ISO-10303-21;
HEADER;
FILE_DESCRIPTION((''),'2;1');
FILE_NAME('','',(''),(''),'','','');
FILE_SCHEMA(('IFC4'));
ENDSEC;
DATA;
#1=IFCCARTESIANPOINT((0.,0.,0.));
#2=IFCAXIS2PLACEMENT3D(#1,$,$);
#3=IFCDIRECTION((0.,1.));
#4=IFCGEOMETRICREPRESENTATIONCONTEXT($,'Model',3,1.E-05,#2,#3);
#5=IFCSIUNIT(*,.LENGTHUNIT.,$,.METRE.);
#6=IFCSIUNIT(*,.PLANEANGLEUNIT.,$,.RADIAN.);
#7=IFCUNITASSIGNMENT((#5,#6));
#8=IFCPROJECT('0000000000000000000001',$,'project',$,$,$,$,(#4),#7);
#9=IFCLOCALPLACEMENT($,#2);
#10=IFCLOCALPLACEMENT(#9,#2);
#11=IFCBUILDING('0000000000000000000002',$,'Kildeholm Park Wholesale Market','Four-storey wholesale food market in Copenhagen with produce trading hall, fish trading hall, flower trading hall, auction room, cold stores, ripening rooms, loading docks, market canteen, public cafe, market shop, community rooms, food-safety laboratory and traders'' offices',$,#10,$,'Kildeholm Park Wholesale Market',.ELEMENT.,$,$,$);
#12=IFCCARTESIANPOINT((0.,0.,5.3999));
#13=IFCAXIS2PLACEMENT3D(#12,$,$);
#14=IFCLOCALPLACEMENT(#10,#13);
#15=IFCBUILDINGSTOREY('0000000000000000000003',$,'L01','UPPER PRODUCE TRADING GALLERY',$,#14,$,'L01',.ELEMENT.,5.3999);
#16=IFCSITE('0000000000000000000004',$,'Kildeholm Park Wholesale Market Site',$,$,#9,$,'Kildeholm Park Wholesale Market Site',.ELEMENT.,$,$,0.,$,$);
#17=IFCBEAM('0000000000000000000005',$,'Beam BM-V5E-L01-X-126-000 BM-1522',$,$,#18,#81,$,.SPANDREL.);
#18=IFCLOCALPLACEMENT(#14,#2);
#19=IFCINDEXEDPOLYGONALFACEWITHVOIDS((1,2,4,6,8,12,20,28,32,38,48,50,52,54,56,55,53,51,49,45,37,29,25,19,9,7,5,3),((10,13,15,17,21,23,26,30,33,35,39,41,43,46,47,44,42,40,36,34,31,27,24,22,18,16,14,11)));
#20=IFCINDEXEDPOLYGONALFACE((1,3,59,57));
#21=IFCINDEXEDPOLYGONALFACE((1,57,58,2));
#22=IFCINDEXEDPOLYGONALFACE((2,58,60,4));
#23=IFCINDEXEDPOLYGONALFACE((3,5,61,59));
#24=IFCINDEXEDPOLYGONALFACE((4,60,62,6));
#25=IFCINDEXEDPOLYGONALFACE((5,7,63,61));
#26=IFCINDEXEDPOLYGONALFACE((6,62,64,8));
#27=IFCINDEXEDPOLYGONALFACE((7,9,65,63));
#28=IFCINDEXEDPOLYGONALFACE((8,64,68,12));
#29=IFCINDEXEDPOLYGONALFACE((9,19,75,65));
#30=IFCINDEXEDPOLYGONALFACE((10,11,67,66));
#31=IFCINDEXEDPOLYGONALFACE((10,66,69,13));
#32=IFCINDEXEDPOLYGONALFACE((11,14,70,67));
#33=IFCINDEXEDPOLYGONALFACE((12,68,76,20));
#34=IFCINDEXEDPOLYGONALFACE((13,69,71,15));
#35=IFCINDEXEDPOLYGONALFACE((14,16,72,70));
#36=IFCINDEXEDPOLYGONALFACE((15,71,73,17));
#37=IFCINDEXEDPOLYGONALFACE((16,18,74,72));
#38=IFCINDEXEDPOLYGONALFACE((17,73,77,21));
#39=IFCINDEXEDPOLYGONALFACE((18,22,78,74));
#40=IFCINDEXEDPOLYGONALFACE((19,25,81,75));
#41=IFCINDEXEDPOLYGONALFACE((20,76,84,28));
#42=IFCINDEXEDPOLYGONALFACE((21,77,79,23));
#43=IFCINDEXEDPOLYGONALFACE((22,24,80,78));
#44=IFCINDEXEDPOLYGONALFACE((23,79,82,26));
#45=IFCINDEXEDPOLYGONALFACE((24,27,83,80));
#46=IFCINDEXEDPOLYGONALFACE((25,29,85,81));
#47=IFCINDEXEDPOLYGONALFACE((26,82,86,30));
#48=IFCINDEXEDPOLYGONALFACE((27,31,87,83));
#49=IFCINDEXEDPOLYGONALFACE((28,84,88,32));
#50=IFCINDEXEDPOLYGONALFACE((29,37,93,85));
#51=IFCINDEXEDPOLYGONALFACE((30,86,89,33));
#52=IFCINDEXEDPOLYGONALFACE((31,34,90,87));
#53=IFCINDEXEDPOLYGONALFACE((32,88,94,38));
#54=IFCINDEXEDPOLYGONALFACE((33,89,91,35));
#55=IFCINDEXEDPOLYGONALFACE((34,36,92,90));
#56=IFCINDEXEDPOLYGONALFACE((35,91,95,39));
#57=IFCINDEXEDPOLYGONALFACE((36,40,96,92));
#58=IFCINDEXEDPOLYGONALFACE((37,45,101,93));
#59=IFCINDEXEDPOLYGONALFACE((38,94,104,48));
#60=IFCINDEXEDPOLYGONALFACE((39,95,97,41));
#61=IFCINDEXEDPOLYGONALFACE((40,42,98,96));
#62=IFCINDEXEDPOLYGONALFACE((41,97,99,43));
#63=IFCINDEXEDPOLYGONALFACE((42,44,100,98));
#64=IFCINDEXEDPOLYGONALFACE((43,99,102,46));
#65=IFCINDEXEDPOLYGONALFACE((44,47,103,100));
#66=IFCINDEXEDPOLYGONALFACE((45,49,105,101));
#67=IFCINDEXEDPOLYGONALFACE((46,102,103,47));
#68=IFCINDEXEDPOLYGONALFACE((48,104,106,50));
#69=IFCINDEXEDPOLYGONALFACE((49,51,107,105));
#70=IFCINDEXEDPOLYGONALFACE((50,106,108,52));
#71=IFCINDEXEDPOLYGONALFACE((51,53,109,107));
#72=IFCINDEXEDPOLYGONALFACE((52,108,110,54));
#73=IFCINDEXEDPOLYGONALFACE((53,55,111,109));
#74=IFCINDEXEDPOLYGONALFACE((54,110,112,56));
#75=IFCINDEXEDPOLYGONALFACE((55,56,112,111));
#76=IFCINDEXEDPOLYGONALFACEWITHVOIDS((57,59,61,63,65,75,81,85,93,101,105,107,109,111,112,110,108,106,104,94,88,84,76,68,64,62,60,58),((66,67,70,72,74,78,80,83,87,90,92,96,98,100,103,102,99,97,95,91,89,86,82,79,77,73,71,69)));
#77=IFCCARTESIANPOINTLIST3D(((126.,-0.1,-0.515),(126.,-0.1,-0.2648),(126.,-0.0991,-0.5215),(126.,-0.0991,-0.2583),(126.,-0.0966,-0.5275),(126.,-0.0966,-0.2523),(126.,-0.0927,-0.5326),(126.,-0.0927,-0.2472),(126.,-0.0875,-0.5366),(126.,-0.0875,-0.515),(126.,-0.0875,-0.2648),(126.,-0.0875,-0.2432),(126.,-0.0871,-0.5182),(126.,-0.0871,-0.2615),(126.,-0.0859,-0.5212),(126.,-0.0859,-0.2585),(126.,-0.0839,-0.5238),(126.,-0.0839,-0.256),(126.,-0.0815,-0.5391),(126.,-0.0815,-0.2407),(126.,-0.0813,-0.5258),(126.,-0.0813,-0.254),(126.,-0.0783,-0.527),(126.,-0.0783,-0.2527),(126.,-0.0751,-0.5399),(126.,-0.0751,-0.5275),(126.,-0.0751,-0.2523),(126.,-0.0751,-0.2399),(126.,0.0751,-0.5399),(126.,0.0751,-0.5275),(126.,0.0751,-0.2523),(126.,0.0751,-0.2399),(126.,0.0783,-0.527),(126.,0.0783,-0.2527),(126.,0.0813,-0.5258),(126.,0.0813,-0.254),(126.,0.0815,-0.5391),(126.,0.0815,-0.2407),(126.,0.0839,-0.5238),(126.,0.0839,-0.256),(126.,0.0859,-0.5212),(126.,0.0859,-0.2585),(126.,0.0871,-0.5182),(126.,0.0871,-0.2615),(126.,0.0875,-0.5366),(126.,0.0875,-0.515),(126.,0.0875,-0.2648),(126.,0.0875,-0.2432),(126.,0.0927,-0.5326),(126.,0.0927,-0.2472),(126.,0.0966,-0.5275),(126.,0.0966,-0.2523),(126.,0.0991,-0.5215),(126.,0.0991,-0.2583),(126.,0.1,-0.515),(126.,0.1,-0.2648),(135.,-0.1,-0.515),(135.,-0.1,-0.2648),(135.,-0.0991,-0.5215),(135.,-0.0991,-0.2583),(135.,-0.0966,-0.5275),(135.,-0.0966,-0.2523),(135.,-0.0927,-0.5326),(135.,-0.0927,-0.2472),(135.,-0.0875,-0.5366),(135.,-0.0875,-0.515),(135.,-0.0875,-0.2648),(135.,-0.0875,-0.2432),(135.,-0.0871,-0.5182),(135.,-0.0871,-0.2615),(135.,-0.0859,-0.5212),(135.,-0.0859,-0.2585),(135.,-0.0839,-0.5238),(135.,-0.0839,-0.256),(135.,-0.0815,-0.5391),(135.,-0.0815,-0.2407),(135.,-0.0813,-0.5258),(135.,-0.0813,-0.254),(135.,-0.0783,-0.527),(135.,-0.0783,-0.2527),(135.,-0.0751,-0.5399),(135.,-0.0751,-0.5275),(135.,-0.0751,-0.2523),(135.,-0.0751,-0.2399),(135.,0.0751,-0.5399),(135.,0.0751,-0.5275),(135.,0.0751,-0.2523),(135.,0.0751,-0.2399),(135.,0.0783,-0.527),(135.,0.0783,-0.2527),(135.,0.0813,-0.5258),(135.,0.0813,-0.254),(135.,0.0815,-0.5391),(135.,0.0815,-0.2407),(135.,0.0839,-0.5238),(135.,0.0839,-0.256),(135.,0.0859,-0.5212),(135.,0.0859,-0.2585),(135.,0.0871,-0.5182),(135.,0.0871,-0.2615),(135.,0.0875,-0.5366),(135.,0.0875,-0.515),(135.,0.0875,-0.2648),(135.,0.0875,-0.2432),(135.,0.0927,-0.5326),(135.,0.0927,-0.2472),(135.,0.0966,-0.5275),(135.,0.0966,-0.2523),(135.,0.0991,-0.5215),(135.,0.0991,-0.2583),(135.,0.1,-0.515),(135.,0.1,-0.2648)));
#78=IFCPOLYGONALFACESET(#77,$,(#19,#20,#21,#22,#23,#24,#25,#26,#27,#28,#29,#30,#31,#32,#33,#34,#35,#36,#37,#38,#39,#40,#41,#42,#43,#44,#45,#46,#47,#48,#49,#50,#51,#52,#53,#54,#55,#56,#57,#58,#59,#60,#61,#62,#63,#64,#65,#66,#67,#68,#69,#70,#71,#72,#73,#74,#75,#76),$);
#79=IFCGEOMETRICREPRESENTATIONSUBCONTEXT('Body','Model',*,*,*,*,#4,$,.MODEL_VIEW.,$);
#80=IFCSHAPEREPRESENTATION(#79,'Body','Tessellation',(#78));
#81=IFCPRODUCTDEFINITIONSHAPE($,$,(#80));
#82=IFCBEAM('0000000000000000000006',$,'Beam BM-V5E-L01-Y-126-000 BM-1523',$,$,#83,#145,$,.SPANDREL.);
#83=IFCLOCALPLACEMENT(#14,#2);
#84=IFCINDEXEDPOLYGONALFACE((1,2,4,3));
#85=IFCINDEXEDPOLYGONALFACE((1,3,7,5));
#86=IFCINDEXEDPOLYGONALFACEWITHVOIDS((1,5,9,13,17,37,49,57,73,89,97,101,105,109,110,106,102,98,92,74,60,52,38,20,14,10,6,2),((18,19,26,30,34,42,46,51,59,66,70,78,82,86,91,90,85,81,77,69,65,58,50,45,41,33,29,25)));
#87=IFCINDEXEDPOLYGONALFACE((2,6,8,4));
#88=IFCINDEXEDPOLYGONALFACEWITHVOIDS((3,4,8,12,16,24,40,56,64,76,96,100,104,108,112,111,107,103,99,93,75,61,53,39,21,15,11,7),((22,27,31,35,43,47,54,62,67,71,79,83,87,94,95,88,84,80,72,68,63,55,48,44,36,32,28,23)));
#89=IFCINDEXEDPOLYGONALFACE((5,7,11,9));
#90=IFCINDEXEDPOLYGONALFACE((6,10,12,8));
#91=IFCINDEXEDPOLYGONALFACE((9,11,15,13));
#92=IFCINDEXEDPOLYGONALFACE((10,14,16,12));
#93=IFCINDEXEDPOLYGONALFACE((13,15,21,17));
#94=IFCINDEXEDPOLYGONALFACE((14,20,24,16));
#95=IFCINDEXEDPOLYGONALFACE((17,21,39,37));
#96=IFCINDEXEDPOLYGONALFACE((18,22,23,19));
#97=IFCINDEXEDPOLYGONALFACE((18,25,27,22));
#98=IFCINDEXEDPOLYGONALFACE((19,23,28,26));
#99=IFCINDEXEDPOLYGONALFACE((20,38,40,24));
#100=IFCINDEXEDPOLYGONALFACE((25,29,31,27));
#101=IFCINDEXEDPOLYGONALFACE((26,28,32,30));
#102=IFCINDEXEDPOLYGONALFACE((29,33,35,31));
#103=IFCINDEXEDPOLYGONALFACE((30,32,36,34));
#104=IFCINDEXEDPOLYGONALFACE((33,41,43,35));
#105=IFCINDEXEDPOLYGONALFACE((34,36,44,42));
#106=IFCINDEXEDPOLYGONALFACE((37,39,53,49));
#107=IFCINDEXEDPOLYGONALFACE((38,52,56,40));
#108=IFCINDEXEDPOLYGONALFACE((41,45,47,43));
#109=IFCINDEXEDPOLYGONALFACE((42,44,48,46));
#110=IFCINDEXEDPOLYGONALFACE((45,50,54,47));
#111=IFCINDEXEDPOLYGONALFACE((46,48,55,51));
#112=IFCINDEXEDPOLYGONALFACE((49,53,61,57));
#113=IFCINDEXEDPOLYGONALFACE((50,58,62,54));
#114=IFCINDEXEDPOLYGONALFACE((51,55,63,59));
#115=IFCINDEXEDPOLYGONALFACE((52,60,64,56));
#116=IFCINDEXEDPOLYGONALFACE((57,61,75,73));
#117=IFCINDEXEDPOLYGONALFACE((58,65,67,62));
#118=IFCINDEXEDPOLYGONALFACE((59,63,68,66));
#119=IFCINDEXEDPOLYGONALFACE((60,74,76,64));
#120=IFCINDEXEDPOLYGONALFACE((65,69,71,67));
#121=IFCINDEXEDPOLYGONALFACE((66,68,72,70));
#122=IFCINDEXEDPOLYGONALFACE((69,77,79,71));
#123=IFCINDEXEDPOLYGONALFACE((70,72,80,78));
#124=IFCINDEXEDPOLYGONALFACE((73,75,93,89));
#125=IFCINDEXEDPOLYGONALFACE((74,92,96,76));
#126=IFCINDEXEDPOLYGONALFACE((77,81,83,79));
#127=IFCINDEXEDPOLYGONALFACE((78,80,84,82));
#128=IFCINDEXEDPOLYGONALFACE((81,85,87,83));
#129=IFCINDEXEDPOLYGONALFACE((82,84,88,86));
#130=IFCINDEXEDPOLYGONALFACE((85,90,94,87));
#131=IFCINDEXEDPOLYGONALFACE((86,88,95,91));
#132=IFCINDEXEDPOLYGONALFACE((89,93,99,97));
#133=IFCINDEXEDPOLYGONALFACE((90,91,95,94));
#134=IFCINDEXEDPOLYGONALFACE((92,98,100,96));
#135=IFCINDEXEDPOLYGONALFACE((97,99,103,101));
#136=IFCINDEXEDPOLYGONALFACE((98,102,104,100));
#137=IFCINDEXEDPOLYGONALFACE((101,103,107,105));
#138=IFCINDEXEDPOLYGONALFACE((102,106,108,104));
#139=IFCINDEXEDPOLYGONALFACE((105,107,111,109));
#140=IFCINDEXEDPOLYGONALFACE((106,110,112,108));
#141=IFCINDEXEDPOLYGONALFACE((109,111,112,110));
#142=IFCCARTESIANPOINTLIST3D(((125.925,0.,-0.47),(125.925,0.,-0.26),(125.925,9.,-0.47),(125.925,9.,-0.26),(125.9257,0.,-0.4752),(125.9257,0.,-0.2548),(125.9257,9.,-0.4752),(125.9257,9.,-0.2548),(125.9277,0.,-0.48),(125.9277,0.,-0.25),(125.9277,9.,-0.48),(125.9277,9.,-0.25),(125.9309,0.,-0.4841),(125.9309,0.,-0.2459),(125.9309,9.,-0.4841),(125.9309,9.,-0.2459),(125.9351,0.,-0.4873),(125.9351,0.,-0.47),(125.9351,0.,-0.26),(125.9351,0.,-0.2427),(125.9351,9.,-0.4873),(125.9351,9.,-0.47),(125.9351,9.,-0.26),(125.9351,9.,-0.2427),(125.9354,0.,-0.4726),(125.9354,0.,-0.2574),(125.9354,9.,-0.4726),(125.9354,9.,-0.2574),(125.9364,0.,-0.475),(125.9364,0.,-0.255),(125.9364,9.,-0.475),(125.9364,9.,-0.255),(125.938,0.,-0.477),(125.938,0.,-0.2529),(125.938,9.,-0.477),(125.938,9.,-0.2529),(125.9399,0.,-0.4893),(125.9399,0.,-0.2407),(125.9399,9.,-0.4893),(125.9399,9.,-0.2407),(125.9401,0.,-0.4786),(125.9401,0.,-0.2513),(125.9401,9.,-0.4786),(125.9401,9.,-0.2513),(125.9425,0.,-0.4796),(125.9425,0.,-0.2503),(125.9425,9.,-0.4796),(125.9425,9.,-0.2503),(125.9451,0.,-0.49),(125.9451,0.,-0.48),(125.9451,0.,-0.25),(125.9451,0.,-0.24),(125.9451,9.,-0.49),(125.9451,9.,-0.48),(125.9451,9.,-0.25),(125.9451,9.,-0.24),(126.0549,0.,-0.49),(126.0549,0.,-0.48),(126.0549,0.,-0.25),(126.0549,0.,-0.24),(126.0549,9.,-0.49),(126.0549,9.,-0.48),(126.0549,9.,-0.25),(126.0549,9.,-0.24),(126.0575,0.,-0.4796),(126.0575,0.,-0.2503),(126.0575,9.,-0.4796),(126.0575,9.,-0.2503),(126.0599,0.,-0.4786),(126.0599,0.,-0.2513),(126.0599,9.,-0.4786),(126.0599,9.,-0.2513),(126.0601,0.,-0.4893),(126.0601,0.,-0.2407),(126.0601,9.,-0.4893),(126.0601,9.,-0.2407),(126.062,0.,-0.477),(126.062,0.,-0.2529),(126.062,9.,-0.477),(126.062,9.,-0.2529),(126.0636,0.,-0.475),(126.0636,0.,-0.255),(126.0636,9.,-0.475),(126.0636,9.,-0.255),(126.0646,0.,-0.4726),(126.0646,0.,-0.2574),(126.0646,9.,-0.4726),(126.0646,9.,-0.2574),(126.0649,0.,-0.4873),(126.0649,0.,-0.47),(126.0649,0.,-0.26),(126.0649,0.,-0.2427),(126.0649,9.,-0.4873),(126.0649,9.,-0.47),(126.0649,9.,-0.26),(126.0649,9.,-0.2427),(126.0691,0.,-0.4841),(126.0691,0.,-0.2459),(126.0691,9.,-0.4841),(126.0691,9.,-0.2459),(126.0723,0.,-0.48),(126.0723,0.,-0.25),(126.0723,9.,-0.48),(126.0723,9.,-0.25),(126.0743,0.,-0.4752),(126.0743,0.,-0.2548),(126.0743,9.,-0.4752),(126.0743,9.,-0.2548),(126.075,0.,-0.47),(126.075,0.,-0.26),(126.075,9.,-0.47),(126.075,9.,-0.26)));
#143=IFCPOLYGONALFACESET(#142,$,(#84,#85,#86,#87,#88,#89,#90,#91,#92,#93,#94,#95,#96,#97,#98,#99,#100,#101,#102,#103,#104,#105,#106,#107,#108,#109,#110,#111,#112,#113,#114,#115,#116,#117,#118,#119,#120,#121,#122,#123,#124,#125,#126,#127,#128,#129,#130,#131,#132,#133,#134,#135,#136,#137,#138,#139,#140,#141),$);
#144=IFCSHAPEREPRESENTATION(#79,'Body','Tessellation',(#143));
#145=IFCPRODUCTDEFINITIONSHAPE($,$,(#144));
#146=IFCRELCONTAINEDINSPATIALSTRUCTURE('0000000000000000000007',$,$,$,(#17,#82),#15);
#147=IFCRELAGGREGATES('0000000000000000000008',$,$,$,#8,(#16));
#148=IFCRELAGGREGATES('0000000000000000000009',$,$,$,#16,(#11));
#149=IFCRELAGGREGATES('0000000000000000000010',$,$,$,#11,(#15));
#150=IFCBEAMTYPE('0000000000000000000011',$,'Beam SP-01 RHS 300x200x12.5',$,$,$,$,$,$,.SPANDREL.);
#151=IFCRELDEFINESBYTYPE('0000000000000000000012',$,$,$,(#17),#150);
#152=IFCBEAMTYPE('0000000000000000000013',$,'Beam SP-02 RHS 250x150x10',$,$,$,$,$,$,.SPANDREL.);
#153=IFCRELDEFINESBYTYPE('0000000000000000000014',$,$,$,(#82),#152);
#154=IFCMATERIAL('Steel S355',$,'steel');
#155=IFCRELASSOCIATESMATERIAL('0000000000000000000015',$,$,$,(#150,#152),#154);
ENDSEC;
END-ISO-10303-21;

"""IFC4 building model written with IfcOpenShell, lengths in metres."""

from ifc_helpers import new_model, si_unit, direction, frame, origin, origin_2d, place, context, subcontext, project, spatial, hollow_rectangle, extrude, material, material_profile, profile_set, type_object, element, save


model = new_model("IFC4")

# Units and contexts
model_context = context("Model", 3, precision=1e-05, world=origin(), true_north=direction((0.0, 1.0)))
body_context = subcontext(model_context, "Body", "Model", "MODEL_VIEW")
ifc_project = project(units=[si_unit("LENGTHUNIT", "METRE"), si_unit("PLANEANGLEUNIT", "RADIAN")], contexts=[model_context])

# Site, building, storey
site_placement = place(None, origin())
site = spatial("IfcSite", under=ifc_project, at=site_placement, Name="Kildeholm Park Wholesale Market Site", LongName="Kildeholm Park Wholesale Market Site", CompositionType="ELEMENT", RefElevation=0.0)
building_placement = place(site_placement, origin())
building = spatial("IfcBuilding", under=site, at=building_placement, Name="Kildeholm Park Wholesale Market", Description="Four-storey wholesale food market in Copenhagen with produce trading hall, fish trading hall, flower trading hall, auction room, cold stores, ripening rooms, loading docks, market canteen, public cafe, market shop, community rooms, food-safety laboratory and traders' offices", LongName="Kildeholm Park Wholesale Market", CompositionType="ELEMENT")
storey_placement = place(building_placement, frame((0.0, 0.0, 5.3999)))
storey = spatial("IfcBuildingStorey", under=building, at=storey_placement, Name="L01", Description="UPPER PRODUCE TRADING GALLERY", LongName="L01", CompositionType="ELEMENT", Elevation=5.3999)

# Shared definitions
ifc_material_1 = material(Name="Steel S355", Category="steel")

# Beams
ifc_material_profile_1 = material_profile(ifc_material_1, hollow_rectangle(XDim=0.2, YDim=0.3, WallThickness=0.0125, InnerFilletRadius=0.0125, OuterFilletRadius=0.0249, at=origin_2d()), Name="RHS 300x200x12.5")
ifc_profile_set_1 = profile_set([ifc_material_profile_1], Name="Steel S355")
beam_type_1 = type_object("IfcBeamType", Name="Beam SP-01 RHS 300x200x12.5", PredefinedType="SPANDREL", material=ifc_profile_set_1)
beam_1_placement = place(storey_placement, frame((126.0, 0.0, -0.3899), z_axis=(1.0, 0.0, 0.0), x_axis=(0.0, 1.0, 0.0)))
element("IfcBeam", 1, at=beam_1_placement, inside=storey, type_object=beam_type_1, Name="Beam BM-V5E-L01-X-126-000 BM-1522", PredefinedType="SPANDREL", context=body_context, shape_type="SweptSolid", body=[
    extrude(hollow_rectangle(XDim=0.2, YDim=0.3, WallThickness=0.0125, InnerFilletRadius=0.0125, OuterFilletRadius=0.0249, at=origin_2d()), origin(), (0.0, 0.0, 1.0), 9.0),
])
ifc_material_profile_2 = material_profile(ifc_material_1, hollow_rectangle(XDim=0.1499, YDim=0.25, WallThickness=0.01, InnerFilletRadius=0.01, OuterFilletRadius=0.02, at=origin_2d()), Name="RHS 250x150x10")
ifc_profile_set_2 = profile_set([ifc_material_profile_2], Name="Steel S355")
beam_type_2 = type_object("IfcBeamType", Name="Beam SP-02 RHS 250x150x10", PredefinedType="SPANDREL", material=ifc_profile_set_2)
for number, where, z_axis, x_axis, name in (
    (2, (126.0, 0.0, -0.365), (0.0, 1.0, 0.0), (-1.0, 0.0, 0.0), "Beam BM-V5E-L01-Y-126-000 BM-1523"),
):
    element("IfcBeam", number, at=place(storey_placement, frame(where, z_axis=z_axis, x_axis=x_axis)), inside=storey, type_object=beam_type_2, Name=name, PredefinedType="SPANDREL", context=body_context, shape_type="SweptSolid", body=[
        extrude(hollow_rectangle(XDim=0.1499, YDim=0.25, WallThickness=0.01, InnerFilletRadius=0.01, OuterFilletRadius=0.02, at=origin_2d()), origin(), (0.0, 0.0, 1.0), 9.0),
    ])

save(model, "model.ifc")
